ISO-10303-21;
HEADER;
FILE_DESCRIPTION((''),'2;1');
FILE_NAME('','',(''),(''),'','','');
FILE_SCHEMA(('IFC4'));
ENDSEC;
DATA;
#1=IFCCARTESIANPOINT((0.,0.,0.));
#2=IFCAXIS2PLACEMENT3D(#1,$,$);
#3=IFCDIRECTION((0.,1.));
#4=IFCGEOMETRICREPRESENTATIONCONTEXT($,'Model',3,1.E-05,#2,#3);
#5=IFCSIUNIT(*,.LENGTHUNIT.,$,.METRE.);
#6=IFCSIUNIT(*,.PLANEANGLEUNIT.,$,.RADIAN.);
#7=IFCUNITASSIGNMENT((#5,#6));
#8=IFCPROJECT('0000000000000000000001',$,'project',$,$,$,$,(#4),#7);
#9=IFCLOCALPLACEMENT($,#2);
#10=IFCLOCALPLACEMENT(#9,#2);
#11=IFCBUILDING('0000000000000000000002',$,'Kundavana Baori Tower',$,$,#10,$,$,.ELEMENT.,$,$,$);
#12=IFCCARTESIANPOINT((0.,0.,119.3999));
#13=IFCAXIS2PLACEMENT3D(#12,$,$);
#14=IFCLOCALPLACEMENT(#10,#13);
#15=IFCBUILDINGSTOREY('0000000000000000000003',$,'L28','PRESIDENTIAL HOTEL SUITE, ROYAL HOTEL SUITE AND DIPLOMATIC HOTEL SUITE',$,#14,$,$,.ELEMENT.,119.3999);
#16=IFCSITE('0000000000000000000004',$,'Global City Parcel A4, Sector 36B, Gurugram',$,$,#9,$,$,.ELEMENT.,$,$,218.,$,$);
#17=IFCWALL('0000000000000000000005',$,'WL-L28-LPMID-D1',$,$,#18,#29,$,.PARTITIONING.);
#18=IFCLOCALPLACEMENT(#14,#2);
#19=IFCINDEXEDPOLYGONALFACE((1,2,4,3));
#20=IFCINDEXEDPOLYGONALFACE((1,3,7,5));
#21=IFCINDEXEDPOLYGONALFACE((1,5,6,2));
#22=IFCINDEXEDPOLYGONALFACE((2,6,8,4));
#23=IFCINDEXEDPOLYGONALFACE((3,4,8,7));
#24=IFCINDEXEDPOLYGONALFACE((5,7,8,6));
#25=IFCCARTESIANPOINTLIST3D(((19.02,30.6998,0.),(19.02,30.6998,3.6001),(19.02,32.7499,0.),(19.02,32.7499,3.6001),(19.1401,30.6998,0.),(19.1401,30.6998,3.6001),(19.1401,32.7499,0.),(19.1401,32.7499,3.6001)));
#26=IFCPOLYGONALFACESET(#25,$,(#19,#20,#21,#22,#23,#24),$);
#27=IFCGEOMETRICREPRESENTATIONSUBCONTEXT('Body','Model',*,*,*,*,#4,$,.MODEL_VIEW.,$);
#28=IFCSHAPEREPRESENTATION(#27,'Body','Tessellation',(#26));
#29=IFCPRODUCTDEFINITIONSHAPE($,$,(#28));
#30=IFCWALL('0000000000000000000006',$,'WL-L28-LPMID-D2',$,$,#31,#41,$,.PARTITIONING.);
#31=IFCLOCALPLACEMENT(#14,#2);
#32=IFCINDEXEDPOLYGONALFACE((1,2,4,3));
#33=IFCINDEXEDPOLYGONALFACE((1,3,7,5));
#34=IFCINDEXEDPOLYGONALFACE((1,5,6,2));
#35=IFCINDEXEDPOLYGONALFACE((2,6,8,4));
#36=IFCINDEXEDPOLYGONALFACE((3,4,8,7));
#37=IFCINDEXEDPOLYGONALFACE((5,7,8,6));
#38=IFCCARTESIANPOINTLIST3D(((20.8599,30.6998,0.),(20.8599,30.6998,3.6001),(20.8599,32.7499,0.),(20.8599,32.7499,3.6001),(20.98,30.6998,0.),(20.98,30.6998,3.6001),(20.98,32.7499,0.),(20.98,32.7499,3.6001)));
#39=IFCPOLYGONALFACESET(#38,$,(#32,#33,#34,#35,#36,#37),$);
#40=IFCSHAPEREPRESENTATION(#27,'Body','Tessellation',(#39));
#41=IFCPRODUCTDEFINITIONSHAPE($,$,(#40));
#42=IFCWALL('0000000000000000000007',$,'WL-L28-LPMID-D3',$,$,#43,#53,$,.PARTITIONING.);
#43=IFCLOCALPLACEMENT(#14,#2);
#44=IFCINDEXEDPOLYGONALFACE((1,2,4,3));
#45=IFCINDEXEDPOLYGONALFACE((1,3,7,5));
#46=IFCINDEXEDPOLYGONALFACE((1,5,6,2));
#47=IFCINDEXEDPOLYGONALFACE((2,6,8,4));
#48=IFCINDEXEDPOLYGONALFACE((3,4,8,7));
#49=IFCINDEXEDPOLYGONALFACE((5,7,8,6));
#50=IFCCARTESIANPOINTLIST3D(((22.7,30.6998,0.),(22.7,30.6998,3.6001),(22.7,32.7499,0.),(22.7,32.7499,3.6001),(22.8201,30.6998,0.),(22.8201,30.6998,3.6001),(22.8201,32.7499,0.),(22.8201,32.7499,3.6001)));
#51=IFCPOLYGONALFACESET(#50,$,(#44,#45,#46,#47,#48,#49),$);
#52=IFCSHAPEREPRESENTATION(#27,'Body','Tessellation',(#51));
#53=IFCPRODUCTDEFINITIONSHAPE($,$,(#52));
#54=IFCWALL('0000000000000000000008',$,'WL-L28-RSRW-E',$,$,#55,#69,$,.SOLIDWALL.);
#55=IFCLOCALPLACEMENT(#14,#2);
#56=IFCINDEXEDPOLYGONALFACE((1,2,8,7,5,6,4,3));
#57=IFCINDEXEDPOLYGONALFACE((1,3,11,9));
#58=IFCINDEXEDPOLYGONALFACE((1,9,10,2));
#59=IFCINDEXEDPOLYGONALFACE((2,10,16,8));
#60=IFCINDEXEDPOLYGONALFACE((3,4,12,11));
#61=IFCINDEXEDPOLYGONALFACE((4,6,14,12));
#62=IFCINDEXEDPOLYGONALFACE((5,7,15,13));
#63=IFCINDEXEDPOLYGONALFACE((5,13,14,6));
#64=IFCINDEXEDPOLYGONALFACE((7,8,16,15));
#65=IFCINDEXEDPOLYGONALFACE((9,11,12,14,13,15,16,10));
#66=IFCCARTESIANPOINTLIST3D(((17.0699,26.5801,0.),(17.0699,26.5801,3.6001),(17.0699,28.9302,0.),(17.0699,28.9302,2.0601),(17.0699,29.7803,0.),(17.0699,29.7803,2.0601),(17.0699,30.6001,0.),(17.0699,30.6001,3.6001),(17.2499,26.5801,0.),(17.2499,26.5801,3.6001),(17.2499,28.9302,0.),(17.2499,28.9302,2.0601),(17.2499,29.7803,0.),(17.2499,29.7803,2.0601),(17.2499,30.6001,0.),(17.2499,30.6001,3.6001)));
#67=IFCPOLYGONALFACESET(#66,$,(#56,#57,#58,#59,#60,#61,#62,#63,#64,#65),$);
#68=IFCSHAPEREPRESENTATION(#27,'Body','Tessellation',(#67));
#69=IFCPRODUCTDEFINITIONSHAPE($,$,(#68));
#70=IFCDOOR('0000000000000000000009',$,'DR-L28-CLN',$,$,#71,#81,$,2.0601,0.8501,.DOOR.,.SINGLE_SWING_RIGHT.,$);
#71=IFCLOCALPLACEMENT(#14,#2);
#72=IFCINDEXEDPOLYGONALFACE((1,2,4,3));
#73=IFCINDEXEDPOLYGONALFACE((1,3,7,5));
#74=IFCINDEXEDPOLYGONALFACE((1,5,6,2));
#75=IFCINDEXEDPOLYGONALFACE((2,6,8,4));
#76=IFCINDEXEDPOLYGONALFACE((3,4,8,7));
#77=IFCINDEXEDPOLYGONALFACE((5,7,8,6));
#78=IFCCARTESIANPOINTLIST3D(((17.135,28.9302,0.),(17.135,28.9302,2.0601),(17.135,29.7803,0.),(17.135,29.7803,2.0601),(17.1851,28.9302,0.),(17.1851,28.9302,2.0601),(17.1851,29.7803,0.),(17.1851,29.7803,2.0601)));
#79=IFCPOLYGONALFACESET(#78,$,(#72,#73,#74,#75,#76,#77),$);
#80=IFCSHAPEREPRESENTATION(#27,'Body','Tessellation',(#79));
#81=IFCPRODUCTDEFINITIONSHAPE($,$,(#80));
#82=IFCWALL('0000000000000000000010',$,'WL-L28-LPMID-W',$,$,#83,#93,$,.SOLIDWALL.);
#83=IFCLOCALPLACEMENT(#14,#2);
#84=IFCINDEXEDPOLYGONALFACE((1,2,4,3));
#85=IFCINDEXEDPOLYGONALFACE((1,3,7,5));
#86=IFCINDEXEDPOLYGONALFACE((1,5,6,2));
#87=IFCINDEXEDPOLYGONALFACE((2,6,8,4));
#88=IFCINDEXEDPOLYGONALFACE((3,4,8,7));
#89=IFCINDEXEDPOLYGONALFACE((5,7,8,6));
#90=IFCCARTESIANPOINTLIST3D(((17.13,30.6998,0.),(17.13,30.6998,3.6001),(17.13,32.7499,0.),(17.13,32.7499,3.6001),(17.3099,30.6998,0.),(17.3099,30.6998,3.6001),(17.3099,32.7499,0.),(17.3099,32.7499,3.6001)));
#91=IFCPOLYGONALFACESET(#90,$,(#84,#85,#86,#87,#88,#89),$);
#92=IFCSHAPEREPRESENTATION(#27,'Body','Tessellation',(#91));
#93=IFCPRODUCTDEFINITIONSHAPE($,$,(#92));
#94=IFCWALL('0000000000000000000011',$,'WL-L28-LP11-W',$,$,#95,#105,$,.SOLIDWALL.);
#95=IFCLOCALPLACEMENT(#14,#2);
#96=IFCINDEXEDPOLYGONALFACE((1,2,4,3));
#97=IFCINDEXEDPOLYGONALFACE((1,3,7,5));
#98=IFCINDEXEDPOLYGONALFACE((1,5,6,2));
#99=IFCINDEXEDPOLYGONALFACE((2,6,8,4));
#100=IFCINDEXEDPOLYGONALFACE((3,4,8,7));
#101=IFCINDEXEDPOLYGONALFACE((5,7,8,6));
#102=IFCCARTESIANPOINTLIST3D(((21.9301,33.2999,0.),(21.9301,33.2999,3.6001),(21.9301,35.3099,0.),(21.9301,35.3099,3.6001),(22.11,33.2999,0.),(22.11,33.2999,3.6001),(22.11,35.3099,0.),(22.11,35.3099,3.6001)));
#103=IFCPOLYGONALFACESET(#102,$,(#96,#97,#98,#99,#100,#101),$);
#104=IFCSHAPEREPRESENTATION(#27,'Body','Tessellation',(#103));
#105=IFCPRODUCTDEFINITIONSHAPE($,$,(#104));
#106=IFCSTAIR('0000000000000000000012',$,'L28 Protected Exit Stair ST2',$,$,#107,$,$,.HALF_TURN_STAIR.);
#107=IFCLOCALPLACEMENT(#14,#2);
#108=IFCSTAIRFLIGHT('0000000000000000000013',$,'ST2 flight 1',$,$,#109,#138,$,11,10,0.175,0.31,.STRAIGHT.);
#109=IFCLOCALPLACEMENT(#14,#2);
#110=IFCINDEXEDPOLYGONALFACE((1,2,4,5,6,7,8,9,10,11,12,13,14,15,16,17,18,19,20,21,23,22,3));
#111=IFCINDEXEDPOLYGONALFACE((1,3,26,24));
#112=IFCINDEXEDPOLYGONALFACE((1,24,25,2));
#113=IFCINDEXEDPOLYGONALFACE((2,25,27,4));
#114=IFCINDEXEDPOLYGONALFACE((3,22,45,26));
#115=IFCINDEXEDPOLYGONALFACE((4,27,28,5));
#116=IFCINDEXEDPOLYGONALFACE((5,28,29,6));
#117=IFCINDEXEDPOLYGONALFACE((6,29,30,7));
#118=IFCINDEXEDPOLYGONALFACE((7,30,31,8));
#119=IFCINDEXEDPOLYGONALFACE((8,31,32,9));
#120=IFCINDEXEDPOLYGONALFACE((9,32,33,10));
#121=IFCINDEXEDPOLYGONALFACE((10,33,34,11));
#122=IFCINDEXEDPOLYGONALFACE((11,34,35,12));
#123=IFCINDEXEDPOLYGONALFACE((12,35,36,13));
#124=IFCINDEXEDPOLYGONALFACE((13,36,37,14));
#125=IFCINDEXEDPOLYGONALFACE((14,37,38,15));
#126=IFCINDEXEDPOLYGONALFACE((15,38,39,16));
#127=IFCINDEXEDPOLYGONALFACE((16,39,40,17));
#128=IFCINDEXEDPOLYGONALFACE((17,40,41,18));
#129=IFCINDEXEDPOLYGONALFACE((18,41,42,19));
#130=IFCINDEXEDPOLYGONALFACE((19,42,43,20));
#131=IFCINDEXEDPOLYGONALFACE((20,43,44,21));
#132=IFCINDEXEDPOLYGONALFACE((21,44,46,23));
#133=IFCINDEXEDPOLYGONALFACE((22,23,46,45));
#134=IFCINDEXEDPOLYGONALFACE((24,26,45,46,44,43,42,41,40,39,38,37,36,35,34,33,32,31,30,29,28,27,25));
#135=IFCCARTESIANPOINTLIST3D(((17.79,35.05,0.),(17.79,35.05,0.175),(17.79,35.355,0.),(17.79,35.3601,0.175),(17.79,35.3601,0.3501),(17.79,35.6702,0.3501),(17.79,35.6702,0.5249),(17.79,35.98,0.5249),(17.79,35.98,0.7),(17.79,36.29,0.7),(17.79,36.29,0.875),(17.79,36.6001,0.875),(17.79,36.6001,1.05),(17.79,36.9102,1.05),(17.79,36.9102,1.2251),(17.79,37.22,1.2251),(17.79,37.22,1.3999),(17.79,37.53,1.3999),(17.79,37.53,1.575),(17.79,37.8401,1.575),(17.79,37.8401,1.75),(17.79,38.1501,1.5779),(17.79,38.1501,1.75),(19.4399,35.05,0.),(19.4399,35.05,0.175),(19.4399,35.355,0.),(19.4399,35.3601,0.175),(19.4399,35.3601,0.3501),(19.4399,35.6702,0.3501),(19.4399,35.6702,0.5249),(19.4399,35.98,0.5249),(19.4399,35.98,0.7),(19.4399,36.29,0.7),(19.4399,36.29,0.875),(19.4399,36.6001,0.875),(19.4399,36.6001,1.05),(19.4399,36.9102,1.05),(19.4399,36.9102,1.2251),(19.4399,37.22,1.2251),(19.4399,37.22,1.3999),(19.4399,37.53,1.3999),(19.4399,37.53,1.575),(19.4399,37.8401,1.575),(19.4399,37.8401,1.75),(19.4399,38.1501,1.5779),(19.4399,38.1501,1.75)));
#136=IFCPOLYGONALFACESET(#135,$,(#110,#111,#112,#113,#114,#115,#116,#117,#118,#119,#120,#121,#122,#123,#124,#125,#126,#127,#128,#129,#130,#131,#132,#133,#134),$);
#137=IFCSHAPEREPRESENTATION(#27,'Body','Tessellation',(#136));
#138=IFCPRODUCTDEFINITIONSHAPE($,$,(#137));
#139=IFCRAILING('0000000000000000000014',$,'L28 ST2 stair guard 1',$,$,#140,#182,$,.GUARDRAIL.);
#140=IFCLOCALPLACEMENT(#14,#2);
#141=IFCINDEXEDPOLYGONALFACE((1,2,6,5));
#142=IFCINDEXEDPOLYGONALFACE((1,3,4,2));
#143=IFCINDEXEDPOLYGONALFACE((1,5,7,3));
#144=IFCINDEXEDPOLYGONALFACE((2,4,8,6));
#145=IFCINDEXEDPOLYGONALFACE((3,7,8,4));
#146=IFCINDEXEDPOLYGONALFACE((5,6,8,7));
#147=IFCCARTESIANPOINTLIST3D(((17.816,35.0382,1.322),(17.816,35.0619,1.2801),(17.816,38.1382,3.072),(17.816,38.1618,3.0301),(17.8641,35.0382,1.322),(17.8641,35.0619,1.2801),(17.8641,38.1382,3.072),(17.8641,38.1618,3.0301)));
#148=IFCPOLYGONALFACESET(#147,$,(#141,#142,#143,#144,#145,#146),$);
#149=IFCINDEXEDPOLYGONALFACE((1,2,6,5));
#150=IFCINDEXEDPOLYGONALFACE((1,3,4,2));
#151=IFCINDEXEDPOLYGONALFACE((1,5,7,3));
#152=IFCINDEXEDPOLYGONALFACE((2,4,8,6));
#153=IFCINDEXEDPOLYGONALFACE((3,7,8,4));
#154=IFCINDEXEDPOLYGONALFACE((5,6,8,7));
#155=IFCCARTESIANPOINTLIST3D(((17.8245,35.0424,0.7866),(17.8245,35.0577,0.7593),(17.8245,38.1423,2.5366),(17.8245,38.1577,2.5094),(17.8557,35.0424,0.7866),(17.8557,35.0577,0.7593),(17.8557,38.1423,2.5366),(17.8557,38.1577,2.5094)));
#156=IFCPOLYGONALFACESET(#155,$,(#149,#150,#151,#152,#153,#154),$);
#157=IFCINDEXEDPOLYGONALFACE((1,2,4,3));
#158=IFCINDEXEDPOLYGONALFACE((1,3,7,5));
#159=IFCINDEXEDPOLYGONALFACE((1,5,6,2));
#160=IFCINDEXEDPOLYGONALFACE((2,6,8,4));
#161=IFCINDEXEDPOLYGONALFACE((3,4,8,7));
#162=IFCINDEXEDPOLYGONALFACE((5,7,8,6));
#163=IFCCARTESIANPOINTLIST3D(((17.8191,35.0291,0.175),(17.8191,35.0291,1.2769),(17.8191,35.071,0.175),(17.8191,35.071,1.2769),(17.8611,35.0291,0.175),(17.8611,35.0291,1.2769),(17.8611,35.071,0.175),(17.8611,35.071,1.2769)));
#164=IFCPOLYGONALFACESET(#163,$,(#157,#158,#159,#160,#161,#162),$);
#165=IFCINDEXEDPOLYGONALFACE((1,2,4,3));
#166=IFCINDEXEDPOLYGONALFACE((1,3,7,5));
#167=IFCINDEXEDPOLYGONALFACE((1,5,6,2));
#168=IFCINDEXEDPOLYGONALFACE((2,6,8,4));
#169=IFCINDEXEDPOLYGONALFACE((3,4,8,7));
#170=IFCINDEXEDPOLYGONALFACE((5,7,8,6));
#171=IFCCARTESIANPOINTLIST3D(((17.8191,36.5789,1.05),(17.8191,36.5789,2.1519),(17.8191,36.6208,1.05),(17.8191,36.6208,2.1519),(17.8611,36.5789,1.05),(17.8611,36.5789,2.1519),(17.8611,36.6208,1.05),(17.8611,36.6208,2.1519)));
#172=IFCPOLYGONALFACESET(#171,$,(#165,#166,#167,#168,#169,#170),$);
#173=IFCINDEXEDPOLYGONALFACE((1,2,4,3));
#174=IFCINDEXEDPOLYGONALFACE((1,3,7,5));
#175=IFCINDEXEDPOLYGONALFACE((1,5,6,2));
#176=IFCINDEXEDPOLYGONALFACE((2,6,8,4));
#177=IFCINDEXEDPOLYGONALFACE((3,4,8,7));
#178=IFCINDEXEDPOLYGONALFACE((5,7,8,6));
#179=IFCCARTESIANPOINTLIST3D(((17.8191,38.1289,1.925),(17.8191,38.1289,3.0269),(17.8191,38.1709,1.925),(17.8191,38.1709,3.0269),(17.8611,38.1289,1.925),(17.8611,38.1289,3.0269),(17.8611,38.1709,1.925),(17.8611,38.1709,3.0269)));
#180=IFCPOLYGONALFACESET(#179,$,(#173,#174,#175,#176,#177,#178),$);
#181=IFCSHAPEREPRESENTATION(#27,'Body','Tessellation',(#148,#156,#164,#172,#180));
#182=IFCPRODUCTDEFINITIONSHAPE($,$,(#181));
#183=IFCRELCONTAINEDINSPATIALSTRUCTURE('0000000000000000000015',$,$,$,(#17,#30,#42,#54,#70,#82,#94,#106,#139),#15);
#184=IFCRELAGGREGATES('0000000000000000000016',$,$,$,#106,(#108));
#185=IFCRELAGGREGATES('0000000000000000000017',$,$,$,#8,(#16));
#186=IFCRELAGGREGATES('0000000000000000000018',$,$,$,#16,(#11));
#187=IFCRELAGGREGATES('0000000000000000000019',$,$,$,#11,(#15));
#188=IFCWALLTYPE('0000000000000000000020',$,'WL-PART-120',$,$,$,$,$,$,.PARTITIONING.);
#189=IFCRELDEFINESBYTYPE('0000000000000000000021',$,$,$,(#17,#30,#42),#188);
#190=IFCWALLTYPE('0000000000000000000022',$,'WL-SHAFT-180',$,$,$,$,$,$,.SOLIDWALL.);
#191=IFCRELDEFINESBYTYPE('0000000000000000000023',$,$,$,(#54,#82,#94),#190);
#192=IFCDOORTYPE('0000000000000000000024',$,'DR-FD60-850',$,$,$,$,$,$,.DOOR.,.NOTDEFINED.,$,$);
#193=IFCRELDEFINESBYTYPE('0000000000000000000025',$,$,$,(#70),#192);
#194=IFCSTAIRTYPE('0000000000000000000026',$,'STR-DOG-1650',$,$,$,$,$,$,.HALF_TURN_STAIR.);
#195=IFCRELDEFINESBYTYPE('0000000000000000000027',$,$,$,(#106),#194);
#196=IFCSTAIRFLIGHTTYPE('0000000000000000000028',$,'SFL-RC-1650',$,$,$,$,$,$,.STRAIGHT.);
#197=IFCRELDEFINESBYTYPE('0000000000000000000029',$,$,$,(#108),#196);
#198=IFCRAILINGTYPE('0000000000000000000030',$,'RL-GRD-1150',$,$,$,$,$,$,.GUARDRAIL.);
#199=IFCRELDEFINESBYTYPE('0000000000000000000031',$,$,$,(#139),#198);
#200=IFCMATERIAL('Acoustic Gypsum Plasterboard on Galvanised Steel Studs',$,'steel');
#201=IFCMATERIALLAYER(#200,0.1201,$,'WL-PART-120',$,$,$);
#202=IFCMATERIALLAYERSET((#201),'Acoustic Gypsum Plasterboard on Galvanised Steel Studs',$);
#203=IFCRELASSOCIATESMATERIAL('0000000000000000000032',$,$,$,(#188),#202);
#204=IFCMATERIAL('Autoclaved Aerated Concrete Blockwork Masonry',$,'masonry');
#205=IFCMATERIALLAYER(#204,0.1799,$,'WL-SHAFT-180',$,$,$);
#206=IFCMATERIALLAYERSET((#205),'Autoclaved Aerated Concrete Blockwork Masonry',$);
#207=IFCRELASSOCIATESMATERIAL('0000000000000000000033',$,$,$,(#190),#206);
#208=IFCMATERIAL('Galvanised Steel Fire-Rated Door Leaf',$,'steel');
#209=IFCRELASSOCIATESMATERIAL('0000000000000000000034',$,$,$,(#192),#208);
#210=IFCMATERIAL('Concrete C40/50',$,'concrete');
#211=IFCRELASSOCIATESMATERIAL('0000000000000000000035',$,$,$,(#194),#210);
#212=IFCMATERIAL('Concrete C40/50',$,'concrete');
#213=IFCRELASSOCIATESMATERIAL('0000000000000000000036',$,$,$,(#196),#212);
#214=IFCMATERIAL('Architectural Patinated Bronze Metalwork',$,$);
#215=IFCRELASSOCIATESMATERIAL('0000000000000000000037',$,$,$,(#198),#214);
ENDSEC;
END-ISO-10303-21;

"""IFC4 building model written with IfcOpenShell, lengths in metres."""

from ifc_helpers import new_model, si_unit, direction, frame, frame_2d, origin, origin_2d, place, context, subcontext, project, spatial, polyline, rectangle, outline, extrude, material, layer, layer_set, type_object, element, fill, aggregate, save


model = new_model("IFC4")

# Units and contexts
model_context = context("Model", 3, precision=1e-05, world=origin(), true_north=direction((0.0, 1.0)))
body_context = subcontext(model_context, "Body", "Model", "MODEL_VIEW")
ifc_project = project(units=[si_unit("LENGTHUNIT", "METRE"), si_unit("PLANEANGLEUNIT", "RADIAN")], contexts=[model_context])

# Site, building, storey
site_placement = place(None, origin())
site = spatial("IfcSite", under=ifc_project, at=site_placement, Name="Global City Parcel A4, Sector 36B, Gurugram", CompositionType="ELEMENT", RefElevation=218.0)
building_placement = place(site_placement, origin())
building = spatial("IfcBuilding", under=site, at=building_placement, Name="Kundavana Baori Tower", CompositionType="ELEMENT")
storey_placement = place(building_placement, frame((0.0, 0.0, 119.3999)))
storey = spatial("IfcBuildingStorey", under=building, at=storey_placement, Name="L28", Description="PRESIDENTIAL HOTEL SUITE, ROYAL HOTEL SUITE AND DIPLOMATIC HOTEL SUITE", CompositionType="ELEMENT", Elevation=119.3999)

# Walls
ifc_material_1 = material(Name="Acoustic Gypsum Plasterboard on Galvanised Steel Studs", Category="steel")
ifc_layer_1 = layer(ifc_material_1, 0.1201, Name="WL-PART-120")
ifc_layer_set_1 = layer_set([ifc_layer_1], Name="Acoustic Gypsum Plasterboard on Galvanised Steel Studs")
wall_type_1 = type_object("IfcWallType", Name="WL-PART-120", PredefinedType="PARTITIONING", material=ifc_layer_set_1)
for number, where, z_axis, x_axis, name in (
    (1, (19.0801, 30.7, 0.0), (0.0, 0.0, 1.0), (0.0, 1.0, 0.0), "WL-L28-LPMID-D1"),
    (2, (20.9199, 30.7, 0.0), (0.0, 0.0, 1.0), (0.0, 1.0, 0.0), "WL-L28-LPMID-D2"),
    (3, (22.76, 30.7, 0.0), (0.0, 0.0, 1.0), (0.0, 1.0, 0.0), "WL-L28-LPMID-D3"),
):
    element("IfcWall", number, at=place(storey_placement, frame(where, z_axis=z_axis, x_axis=x_axis)), inside=storey, type_object=wall_type_1, Name=name, PredefinedType="PARTITIONING", context=body_context, shape_type="SweptSolid", body=[
        extrude(rectangle(XDim=2.05, YDim=0.1201, at=frame_2d((1.0249, 0.0))), origin(), (0.0, 0.0, 1.0), 3.6001),
    ])

# Wall, opening, door
ifc_material_2 = material(Name="Autoclaved Aerated Concrete Blockwork Masonry", Category="masonry")
ifc_layer_2 = layer(ifc_material_2, 0.1799, Name="WL-SHAFT-180")
ifc_layer_set_2 = layer_set([ifc_layer_2], Name="Autoclaved Aerated Concrete Blockwork Masonry")
wall_type_2 = type_object("IfcWallType", Name="WL-SHAFT-180", PredefinedType="SOLIDWALL", material=ifc_layer_set_2)
wall_1_placement = place(storey_placement, frame((17.1599, 26.5801, 0.0), z_axis=(0.0, 0.0, 1.0), x_axis=(0.0, 1.0, 0.0)))
wall_1 = element("IfcWall", 4, at=wall_1_placement, inside=storey, type_object=wall_type_2, Name="WL-L28-RSRW-E", PredefinedType="SOLIDWALL", context=body_context, shape_type="SweptSolid", body=[
    extrude(rectangle(XDim=4.02, YDim=0.1799, at=frame_2d((2.01, 0.0))), origin(), (0.0, 0.0, 1.0), 3.6001),
])
opening_1_placement = place(wall_1_placement, frame((2.3501, 0.0, 0.0)))
opening_1 = element("IfcOpeningElement", 5, at=opening_1_placement, cuts=wall_1, PredefinedType="OPENING", context=body_context, shape_type="SweptSolid", body=[
    extrude(rectangle(XDim=0.8501, YDim=2.0601, at=frame_2d((0.425, 1.03))), frame((0.0, 0.1001, 0.0), z_axis=(0.0, -1.0, 0.0), x_axis=(1.0, 0.0, 0.0)), (0.0, 0.0, 1.0), 0.2),
])
ifc_material_3 = material(Name="Galvanised Steel Fire-Rated Door Leaf", Category="steel")
door_type_1 = type_object("IfcDoorType", Name="DR-FD60-850", OperationType="NOTDEFINED", PredefinedType="DOOR", material=ifc_material_3)
door_1_placement = place(opening_1_placement, origin())
door_1 = element("IfcDoor", 6, at=door_1_placement, inside=storey, type_object=door_type_1, Name="DR-L28-CLN", OperationType="SINGLE_SWING_RIGHT", OverallHeight=2.0601, OverallWidth=0.8501, PredefinedType="DOOR", context=body_context, shape_type="SweptSolid", body=[
    extrude(rectangle(XDim=0.8501, YDim=2.0601, at=frame_2d((0.425, 1.03))), frame((0.0, 0.0249, 0.0), z_axis=(0.0, -1.0, 0.0), x_axis=(1.0, 0.0, 0.0)), (0.0, 0.0, 1.0), 0.05),
])
fill(opening_1, door_1)

# Walls
wall_2_placement = place(storey_placement, frame((17.22, 30.7, 0.0), z_axis=(0.0, 0.0, 1.0), x_axis=(0.0, 1.0, 0.0)))
element("IfcWall", 7, at=wall_2_placement, inside=storey, type_object=wall_type_2, Name="WL-L28-LPMID-W", PredefinedType="SOLIDWALL", context=body_context, shape_type="SweptSolid", body=[
    extrude(rectangle(XDim=2.05, YDim=0.1799, at=frame_2d((1.0249, 0.0))), origin(), (0.0, 0.0, 1.0), 3.6001),
])
wall_3_placement = place(storey_placement, frame((22.02, 33.3, 0.0), z_axis=(0.0, 0.0, 1.0), x_axis=(0.0, 1.0, 0.0)))
element("IfcWall", 8, at=wall_3_placement, inside=storey, type_object=wall_type_2, Name="WL-L28-LP11-W", PredefinedType="SOLIDWALL", context=body_context, shape_type="SweptSolid", body=[
    extrude(rectangle(XDim=2.01, YDim=0.1799, at=frame_2d((1.0049, 0.0))), origin(), (0.0, 0.0, 1.0), 3.6001),
])

# Stair, stair flight
ifc_material_4 = material(Name="Concrete C40/50", Category="concrete")
stair_type = type_object("IfcStairType", Name="STR-DOG-1650", PredefinedType="HALF_TURN_STAIR", material=ifc_material_4)
stair_placement = place(storey_placement, origin())
stair = element("IfcStair", 9, at=stair_placement, inside=storey, type_object=stair_type, Name="L28 Protected Exit Stair ST2", PredefinedType="HALF_TURN_STAIR")
ifc_material_5 = material(Name="Concrete C40/50", Category="concrete")
stair_flight_type = type_object("IfcStairFlightType", Name="SFL-RC-1650", PredefinedType="STRAIGHT", material=ifc_material_5)
stair_flight_placement = place(storey_placement, frame((18.615, 35.05, 0.0), z_axis=(0.0, 0.0, 1.0), x_axis=(0.0, 1.0, 0.0)))
stair_flight = element("IfcStairFlight", 10, at=stair_flight_placement, type_object=stair_flight_type, Name="ST2 flight 1", NumberOfRisers=11, NumberOfTreads=10, PredefinedType="STRAIGHT", RiserHeight=0.175, TreadLength=0.31, context=body_context, shape_type="SweptSolid", body=[
    extrude(outline(polyline([(0.0, 0.0), (0.0, 0.175), (0.3101, 0.175), (0.3101, 0.3501), (0.6201, 0.3501), (0.6201, 0.5249), (0.9299, 0.5249), (0.9299, 0.7), (1.24, 0.7), (1.24, 0.875), (1.55, 0.875), (1.55, 1.05), (1.8601, 1.05), (1.8601, 1.2251), (2.1699, 1.2251), (2.1699, 1.3999), (2.48, 1.3999), (2.48, 1.575), (2.79, 1.575), (2.79, 1.75), (3.1001, 1.75), (3.1001, 1.925), (3.1001, 1.5779), (0.3049, 0.0), (0.0, 0.0)])), frame((0.0, 0.825, 0.0), z_axis=(0.0, -1.0, 0.0), x_axis=(1.0, 0.0, 0.0)), (0.0, 0.0, 1.0), 1.6499),
])
aggregate(stair, [stair_flight])

# Railing
ifc_material_6 = material(Name="Architectural Patinated Bronze Metalwork")
railing_type = type_object("IfcRailingType", Name="RL-GRD-1150", PredefinedType="GUARDRAIL", material=ifc_material_6)
railing_1_placement = place(storey_placement, frame((17.8401, 35.05, 0.175)))
element("IfcRailing", 11, at=railing_1_placement, inside=storey, type_object=railing_type, Name="L28 ST2 stair guard 1", PredefinedType="GUARDRAIL", context=body_context, shape_type="SweptSolid", body=[
    extrude(rectangle(XDim=0.0481, YDim=0.0481, at=origin_2d()), frame((0.0, 0.0, 1.126), z_axis=(0.0, 0.870814, 0.491612), x_axis=(-1.0, 0.0, 0.0)), (0.0, 0.0, 1.0), 3.5598),
    extrude(rectangle(XDim=0.0312, YDim=0.0312, at=origin_2d()), frame((0.0, 0.0, 0.5979), z_axis=(0.0, 0.870814, 0.491612), x_axis=(-1.0, 0.0, 0.0)), (0.0, 0.0, 1.0), 3.5598),
    extrude(rectangle(XDim=0.042, YDim=0.042, at=origin_2d()), origin(), (0.0, 0.0, 1.0), 1.1018),
    extrude(rectangle(XDim=0.042, YDim=0.042, at=origin_2d()), frame((0.0, 1.5498, 0.875)), (0.0, 0.0, 1.0), 1.1018),
    extrude(rectangle(XDim=0.042, YDim=0.042, at=origin_2d()), frame((0.0, 3.0999, 1.75)), (0.0, 0.0, 1.0), 1.1018),
])

save(model, "model.ifc")
